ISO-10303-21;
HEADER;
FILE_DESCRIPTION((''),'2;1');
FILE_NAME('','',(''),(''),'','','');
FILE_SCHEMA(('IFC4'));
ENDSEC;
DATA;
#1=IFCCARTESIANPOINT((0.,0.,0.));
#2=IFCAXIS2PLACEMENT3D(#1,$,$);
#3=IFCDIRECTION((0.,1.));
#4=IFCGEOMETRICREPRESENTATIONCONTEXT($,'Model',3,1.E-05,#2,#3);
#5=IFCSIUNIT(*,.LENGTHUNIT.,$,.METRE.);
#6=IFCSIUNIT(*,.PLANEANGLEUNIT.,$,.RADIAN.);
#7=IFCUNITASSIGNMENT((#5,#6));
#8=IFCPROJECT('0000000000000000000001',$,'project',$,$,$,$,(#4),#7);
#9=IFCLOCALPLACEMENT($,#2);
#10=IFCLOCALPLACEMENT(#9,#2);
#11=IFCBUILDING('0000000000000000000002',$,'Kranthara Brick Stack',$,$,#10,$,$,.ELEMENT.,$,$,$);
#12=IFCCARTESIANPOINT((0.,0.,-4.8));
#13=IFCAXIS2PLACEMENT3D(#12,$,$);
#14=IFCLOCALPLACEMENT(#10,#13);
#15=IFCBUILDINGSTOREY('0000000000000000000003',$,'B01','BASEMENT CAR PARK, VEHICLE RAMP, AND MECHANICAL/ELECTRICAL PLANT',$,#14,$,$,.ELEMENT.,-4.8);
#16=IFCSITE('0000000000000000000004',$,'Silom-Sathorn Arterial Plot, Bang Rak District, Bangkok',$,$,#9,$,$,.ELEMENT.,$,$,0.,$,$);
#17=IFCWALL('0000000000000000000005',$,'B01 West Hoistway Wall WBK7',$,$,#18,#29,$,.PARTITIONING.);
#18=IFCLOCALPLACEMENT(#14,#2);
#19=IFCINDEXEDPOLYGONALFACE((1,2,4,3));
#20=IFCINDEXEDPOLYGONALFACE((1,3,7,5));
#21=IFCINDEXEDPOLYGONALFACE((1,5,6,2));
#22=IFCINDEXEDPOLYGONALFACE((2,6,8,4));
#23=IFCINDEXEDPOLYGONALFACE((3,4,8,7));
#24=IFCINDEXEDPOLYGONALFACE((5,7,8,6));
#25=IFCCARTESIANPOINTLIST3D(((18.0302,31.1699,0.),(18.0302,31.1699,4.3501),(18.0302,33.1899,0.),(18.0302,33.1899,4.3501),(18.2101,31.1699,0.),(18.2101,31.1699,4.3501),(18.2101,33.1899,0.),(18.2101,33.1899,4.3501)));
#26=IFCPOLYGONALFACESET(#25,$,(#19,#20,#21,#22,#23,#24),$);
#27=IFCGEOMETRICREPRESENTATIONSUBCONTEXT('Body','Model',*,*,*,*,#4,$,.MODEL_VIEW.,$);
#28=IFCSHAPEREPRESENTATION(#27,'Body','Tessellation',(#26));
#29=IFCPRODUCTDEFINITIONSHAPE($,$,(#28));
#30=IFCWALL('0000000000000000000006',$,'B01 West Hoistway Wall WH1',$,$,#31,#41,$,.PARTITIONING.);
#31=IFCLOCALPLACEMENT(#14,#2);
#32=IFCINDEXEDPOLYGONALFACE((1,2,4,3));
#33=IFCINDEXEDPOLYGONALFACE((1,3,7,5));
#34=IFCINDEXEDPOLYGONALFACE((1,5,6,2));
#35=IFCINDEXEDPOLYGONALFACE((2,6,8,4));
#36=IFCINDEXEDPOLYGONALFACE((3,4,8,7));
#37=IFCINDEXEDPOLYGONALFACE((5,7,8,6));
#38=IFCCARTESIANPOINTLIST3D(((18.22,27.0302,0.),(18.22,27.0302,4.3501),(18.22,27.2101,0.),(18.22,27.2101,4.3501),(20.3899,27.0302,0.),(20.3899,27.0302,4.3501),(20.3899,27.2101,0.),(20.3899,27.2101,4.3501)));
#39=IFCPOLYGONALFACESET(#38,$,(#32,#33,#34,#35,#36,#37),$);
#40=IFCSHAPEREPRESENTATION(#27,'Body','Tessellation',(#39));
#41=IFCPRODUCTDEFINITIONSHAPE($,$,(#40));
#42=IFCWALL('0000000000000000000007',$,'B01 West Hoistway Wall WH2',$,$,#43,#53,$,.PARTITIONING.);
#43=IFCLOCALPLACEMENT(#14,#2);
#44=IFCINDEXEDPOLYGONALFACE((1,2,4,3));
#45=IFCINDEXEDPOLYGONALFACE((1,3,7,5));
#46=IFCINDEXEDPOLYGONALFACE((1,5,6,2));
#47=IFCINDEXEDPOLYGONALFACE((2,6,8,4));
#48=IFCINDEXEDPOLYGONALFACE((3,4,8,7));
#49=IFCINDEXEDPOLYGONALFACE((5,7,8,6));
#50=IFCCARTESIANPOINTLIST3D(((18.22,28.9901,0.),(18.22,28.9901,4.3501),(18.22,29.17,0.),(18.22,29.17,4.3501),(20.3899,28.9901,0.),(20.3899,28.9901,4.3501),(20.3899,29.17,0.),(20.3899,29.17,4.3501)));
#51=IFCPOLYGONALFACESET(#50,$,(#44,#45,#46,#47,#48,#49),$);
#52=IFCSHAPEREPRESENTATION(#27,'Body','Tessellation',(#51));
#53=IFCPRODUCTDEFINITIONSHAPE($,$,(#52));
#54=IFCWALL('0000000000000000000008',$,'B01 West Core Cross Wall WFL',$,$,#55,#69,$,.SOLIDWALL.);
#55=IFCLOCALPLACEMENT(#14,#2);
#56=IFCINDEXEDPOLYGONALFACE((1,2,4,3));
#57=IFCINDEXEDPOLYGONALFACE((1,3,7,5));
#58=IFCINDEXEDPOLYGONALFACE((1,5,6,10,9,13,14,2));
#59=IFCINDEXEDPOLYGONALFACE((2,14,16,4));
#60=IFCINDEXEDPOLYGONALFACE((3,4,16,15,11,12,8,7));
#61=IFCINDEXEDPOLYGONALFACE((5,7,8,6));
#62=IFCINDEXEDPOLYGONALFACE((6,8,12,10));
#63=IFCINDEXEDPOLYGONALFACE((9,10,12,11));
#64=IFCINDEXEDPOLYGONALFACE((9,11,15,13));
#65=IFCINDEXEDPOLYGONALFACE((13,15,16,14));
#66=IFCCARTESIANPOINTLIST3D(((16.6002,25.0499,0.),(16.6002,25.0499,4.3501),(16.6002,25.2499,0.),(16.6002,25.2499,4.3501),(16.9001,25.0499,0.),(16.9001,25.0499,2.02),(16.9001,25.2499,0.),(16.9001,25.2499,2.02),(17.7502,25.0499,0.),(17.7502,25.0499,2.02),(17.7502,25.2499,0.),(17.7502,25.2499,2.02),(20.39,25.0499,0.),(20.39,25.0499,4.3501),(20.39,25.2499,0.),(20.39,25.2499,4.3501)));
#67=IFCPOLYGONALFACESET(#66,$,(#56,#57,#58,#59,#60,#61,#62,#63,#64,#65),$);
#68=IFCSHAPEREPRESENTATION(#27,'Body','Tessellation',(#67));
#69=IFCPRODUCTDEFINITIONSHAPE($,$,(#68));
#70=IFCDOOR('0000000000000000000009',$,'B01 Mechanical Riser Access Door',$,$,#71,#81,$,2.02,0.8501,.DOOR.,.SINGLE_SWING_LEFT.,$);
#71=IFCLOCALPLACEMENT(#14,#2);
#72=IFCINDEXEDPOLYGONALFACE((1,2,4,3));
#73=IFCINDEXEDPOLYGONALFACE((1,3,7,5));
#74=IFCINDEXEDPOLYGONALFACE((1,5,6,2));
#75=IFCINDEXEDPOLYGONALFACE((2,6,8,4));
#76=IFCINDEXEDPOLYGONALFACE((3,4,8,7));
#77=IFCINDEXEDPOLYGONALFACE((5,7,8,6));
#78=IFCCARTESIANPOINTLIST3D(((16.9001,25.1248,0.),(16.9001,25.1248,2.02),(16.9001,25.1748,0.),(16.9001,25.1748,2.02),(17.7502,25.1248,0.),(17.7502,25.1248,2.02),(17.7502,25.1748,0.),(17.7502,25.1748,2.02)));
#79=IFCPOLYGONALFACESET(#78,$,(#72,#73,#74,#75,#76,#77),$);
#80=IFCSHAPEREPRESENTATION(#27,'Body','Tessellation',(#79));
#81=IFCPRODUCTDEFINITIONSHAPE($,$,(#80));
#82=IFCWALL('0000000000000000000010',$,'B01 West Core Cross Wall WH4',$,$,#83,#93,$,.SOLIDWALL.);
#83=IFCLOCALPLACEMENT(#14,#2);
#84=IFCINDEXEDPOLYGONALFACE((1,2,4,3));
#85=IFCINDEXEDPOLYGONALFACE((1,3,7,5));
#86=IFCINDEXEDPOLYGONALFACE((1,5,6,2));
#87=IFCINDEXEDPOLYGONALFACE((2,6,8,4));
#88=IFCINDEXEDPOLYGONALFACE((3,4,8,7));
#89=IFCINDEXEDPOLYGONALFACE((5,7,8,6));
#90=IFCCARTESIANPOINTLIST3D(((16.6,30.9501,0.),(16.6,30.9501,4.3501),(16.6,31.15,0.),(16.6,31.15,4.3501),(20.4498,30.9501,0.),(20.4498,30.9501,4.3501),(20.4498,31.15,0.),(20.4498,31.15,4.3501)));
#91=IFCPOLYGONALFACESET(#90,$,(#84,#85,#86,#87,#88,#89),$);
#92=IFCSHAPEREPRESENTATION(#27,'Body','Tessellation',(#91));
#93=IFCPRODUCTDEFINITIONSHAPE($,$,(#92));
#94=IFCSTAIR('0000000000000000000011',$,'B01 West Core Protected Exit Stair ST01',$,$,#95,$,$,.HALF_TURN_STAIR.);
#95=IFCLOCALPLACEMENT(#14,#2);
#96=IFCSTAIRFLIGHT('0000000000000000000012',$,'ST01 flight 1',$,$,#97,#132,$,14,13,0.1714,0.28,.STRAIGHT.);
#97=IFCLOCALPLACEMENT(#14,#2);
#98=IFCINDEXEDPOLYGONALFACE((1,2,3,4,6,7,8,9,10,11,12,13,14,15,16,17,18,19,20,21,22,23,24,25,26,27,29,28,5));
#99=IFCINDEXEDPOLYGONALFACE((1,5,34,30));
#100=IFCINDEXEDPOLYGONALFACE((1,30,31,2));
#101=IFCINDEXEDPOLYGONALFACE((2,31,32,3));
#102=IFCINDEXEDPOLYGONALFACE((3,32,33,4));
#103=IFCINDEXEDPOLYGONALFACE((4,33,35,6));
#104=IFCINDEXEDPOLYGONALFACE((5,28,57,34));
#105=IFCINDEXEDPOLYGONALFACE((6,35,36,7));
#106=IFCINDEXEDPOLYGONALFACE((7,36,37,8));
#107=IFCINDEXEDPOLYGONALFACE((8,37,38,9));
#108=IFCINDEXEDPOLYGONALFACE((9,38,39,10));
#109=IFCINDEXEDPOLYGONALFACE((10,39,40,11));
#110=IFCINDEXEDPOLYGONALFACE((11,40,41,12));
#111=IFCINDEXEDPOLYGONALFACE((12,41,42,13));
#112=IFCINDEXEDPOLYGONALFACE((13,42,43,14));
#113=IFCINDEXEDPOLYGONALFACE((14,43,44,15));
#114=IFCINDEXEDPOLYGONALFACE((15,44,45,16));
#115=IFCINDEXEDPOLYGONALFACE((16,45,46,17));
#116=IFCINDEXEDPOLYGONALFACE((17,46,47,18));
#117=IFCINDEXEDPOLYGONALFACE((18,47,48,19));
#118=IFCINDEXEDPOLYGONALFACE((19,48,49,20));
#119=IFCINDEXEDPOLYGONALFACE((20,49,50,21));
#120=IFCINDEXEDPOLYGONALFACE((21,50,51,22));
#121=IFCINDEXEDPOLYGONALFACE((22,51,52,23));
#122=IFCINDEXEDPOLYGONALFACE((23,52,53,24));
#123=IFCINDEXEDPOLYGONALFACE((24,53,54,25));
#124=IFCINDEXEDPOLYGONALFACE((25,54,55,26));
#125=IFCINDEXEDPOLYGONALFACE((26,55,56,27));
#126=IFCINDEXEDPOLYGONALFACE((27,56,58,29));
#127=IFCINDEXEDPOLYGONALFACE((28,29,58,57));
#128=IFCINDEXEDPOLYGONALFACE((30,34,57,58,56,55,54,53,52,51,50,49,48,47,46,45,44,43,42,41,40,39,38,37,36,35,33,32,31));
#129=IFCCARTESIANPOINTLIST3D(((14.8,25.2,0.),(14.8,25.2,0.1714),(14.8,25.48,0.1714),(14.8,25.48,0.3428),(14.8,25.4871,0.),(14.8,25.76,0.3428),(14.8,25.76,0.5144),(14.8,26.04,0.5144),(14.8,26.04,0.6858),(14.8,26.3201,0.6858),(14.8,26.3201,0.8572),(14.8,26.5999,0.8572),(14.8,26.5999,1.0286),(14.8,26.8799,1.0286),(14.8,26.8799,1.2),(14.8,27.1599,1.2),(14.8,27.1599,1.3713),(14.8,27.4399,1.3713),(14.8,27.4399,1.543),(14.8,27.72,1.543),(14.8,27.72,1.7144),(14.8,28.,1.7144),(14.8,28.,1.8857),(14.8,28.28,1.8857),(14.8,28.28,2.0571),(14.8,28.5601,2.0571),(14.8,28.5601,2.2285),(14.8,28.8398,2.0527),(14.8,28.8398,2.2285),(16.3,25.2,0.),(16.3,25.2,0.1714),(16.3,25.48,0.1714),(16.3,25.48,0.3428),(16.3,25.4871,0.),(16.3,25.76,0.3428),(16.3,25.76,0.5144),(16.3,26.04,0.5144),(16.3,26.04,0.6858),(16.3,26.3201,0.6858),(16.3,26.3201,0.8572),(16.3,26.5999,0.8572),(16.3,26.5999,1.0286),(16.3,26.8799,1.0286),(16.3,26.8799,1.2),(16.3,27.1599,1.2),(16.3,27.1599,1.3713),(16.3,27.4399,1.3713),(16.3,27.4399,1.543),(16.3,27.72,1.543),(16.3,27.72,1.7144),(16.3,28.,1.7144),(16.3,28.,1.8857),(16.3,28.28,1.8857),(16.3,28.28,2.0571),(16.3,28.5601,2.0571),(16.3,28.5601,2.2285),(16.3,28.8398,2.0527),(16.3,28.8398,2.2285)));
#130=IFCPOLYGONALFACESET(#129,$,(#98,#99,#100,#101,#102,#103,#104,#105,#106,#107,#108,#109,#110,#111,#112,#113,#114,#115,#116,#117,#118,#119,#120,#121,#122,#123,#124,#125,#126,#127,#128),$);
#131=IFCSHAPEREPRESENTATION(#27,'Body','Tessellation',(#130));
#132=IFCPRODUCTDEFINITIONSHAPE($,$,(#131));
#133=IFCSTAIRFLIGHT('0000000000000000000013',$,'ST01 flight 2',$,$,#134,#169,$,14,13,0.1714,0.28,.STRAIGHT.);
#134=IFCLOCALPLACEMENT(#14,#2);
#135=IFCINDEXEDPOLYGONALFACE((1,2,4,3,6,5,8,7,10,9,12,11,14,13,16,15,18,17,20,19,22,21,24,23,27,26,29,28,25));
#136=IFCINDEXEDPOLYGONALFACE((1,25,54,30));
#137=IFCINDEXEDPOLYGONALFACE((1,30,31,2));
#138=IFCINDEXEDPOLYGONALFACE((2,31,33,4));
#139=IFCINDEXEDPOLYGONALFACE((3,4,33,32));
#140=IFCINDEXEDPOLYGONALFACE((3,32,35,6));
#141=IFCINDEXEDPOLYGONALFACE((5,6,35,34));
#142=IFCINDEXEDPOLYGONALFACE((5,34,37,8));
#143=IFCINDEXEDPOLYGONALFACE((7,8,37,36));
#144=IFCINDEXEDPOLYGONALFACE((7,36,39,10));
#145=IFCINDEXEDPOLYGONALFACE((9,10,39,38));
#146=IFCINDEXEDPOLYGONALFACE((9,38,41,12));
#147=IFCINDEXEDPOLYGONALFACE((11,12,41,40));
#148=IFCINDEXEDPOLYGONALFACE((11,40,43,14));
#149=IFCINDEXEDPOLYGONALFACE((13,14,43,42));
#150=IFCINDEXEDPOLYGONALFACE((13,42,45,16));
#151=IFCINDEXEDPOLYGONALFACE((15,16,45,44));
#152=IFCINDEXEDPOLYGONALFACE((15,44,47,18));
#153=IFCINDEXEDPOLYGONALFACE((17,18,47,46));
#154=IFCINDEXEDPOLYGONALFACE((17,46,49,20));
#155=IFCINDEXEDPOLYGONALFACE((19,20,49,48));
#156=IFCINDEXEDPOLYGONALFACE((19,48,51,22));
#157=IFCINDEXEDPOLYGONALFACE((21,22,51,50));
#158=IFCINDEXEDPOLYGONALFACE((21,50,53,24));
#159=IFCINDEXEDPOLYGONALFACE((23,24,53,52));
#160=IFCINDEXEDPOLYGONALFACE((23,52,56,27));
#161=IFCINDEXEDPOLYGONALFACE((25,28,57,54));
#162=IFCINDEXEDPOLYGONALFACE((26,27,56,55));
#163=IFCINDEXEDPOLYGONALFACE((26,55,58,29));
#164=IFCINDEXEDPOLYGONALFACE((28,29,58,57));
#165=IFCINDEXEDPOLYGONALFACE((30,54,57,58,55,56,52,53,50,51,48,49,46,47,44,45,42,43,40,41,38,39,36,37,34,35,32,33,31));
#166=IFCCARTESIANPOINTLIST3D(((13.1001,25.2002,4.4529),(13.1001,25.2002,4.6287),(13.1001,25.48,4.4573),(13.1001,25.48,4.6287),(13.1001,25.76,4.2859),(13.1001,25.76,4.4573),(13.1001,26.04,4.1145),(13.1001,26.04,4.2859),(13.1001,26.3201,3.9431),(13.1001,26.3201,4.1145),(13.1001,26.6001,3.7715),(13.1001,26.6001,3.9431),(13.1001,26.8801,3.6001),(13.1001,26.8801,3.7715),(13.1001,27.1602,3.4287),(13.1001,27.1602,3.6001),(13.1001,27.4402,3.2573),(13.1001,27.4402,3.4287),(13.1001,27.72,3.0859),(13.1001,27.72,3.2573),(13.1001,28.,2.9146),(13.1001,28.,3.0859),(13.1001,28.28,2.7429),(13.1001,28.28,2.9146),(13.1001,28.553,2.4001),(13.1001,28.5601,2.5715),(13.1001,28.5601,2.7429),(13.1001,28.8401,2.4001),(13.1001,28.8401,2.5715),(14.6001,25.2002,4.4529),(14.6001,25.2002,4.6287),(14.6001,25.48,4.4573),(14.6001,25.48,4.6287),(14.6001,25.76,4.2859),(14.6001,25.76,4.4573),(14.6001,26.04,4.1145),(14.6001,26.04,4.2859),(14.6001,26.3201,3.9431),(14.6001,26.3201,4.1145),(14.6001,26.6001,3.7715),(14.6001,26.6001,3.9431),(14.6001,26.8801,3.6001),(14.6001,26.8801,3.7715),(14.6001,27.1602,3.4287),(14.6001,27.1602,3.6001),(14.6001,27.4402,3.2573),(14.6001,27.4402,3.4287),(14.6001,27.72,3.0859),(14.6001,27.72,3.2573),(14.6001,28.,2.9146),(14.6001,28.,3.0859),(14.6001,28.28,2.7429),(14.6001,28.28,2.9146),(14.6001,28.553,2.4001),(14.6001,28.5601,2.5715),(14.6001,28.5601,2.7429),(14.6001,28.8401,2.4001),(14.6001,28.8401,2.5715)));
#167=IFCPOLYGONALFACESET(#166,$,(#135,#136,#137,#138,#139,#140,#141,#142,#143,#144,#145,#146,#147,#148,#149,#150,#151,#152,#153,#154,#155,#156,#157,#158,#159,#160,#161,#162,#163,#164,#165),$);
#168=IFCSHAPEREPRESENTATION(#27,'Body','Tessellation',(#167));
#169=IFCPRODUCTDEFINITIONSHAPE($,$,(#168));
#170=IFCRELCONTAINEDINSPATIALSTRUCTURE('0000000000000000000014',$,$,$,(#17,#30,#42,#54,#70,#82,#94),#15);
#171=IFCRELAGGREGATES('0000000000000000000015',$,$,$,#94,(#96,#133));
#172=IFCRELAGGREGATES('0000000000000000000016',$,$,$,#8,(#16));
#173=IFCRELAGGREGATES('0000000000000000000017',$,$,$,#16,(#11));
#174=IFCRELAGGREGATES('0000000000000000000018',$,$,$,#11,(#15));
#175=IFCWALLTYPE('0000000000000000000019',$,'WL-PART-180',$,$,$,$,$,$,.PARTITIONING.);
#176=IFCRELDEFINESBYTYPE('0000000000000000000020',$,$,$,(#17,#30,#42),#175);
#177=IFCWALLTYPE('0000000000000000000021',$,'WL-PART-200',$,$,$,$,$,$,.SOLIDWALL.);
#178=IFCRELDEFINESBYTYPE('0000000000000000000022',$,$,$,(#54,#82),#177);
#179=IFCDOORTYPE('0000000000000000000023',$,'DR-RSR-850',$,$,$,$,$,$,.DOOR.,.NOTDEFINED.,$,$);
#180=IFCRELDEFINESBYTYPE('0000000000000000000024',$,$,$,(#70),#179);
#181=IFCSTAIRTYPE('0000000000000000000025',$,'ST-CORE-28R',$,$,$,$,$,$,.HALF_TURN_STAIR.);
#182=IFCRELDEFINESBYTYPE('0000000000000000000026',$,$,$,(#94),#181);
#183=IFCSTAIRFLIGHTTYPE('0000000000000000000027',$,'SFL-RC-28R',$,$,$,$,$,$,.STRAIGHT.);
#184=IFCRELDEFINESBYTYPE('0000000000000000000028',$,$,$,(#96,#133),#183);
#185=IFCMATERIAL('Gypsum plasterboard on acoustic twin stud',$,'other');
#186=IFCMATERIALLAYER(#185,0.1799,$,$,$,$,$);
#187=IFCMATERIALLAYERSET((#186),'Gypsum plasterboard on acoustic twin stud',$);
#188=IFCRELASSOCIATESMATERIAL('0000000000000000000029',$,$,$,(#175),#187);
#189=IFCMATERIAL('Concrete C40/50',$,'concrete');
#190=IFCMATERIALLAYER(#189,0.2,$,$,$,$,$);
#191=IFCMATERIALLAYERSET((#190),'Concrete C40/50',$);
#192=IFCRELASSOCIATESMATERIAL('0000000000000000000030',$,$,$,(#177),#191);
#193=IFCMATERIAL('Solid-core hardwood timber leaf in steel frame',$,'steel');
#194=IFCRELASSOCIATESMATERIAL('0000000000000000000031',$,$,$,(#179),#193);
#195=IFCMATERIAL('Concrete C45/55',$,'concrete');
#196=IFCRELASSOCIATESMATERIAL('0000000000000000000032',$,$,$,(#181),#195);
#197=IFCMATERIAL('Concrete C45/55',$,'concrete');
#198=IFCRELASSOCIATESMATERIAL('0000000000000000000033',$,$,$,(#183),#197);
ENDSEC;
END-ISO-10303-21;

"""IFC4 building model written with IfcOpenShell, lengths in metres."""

from ifc_helpers import new_model, si_unit, direction, frame, frame_2d, origin, place, context, subcontext, project, spatial, polyline, rectangle, outline, extrude, material, layer, layer_set, type_object, element, fill, aggregate, save


model = new_model("IFC4")

# Units and contexts
model_context = context("Model", 3, precision=1e-05, world=origin(), true_north=direction((0.0, 1.0)))
body_context = subcontext(model_context, "Body", "Model", "MODEL_VIEW")
ifc_project = project(units=[si_unit("LENGTHUNIT", "METRE"), si_unit("PLANEANGLEUNIT", "RADIAN")], contexts=[model_context])

# Site, building, storey
site_placement = place(None, origin())
site = spatial("IfcSite", under=ifc_project, at=site_placement, Name="Silom-Sathorn Arterial Plot, Bang Rak District, Bangkok", CompositionType="ELEMENT", RefElevation=0.0)
building_placement = place(site_placement, origin())
building = spatial("IfcBuilding", under=site, at=building_placement, Name="Kranthara Brick Stack", CompositionType="ELEMENT")
storey_placement = place(building_placement, frame((0.0, 0.0, -4.8)))
storey = spatial("IfcBuildingStorey", under=building, at=storey_placement, Name="B01", Description="BASEMENT CAR PARK, VEHICLE RAMP, AND MECHANICAL/ELECTRICAL PLANT", CompositionType="ELEMENT", Elevation=-4.8)

# Walls
ifc_material_1 = material(Name="Gypsum plasterboard on acoustic twin stud", Category="other")
ifc_layer_1 = layer(ifc_material_1, 0.1799)
ifc_layer_set_1 = layer_set([ifc_layer_1], Name="Gypsum plasterboard on acoustic twin stud")
wall_type_1 = type_object("IfcWallType", Name="WL-PART-180", PredefinedType="PARTITIONING", material=ifc_layer_set_1)
wall_1_placement = place(storey_placement, frame((18.1201, 31.1699, 0.0), z_axis=(0.0, 0.0, 1.0), x_axis=(0.0, 1.0, 0.0)))
element("IfcWall", 1, at=wall_1_placement, inside=storey, type_object=wall_type_1, Name="B01 West Hoistway Wall WBK7", PredefinedType="PARTITIONING", context=body_context, shape_type="SweptSolid", body=[
    extrude(rectangle(XDim=2.02, YDim=0.1799, at=frame_2d((1.01, 0.0))), origin(), (0.0, 0.0, 1.0), 4.3501),
])
for number, where, z_axis, x_axis, name in (
    (2, (18.22, 27.1201, 0.0), (0.0, 0.0, 1.0), (1.0, 0.0, 0.0), "B01 West Hoistway Wall WH1"),
    (3, (18.22, 29.0801, 0.0), (0.0, 0.0, 1.0), (1.0, 0.0, 0.0), "B01 West Hoistway Wall WH2"),
):
    element("IfcWall", number, at=place(storey_placement, frame(where, z_axis=z_axis, x_axis=x_axis)), inside=storey, type_object=wall_type_1, Name=name, PredefinedType="PARTITIONING", context=body_context, shape_type="SweptSolid", body=[
        extrude(rectangle(XDim=2.1699, YDim=0.1799, at=frame_2d((1.085, 0.0))), origin(), (0.0, 0.0, 1.0), 4.3501),
    ])

# Wall, opening, door
ifc_material_2 = material(Name="Concrete C40/50", Category="concrete")
ifc_layer_2 = layer(ifc_material_2, 0.2)
ifc_layer_set_2 = layer_set([ifc_layer_2], Name="Concrete C40/50")
wall_type_2 = type_object("IfcWallType", Name="WL-PART-200", PredefinedType="SOLIDWALL", material=ifc_layer_set_2)
wall_2_placement = place(storey_placement, frame((16.6001, 25.1499, 0.0), z_axis=(0.0, 0.0, 1.0), x_axis=(1.0, 0.0, 0.0)))
wall_2 = element("IfcWall", 4, at=wall_2_placement, inside=storey, type_object=wall_type_2, Name="B01 West Core Cross Wall WFL", PredefinedType="SOLIDWALL", context=body_context, shape_type="SweptSolid", body=[
    extrude(rectangle(XDim=3.7898, YDim=0.2, at=frame_2d((1.895, 0.0))), origin(), (0.0, 0.0, 1.0), 4.3501),
])
opening_placement = place(wall_2_placement, frame((0.3, 0.0, 0.0)))
opening = element("IfcOpeningElement", 5, at=opening_placement, cuts=wall_2, PredefinedType="OPENING", context=body_context, shape_type="SweptSolid", body=[
    extrude(rectangle(XDim=0.8501, YDim=2.02, at=frame_2d((0.425, 1.01))), frame((0.0, 0.1099, 0.0), z_axis=(0.0, -1.0, 0.0), x_axis=(1.0, 0.0, 0.0)), (0.0, 0.0, 1.0), 0.22),
])
ifc_material_3 = material(Name="Solid-core hardwood timber leaf in steel frame", Category="steel")
door_type = type_object("IfcDoorType", Name="DR-RSR-850", OperationType="NOTDEFINED", PredefinedType="DOOR", material=ifc_material_3)
door_placement = place(opening_placement, origin())
door = element("IfcDoor", 6, at=door_placement, inside=storey, type_object=door_type, Name="B01 Mechanical Riser Access Door", OperationType="SINGLE_SWING_LEFT", OverallHeight=2.02, OverallWidth=0.8501, PredefinedType="DOOR", context=body_context, shape_type="SweptSolid", body=[
    extrude(rectangle(XDim=0.8501, YDim=2.02, at=frame_2d((0.425, 1.01))), frame((0.0, 0.0249, 0.0), z_axis=(0.0, -1.0, 0.0), x_axis=(1.0, 0.0, 0.0)), (0.0, 0.0, 1.0), 0.05),
])
fill(opening, door)

# Wall
wall_3_placement = place(storey_placement, frame((16.6001, 31.05, 0.0), z_axis=(0.0, 0.0, 1.0), x_axis=(1.0, 0.0, 0.0)))
element("IfcWall", 7, at=wall_3_placement, inside=storey, type_object=wall_type_2, Name="B01 West Core Cross Wall WH4", PredefinedType="SOLIDWALL", context=body_context, shape_type="SweptSolid", body=[
    extrude(rectangle(XDim=3.8499, YDim=0.2, at=frame_2d((1.9248, 0.0))), origin(), (0.0, 0.0, 1.0), 4.3501),
])

# Stair, stair flights
ifc_material_4 = material(Name="Concrete C45/55", Category="concrete")
stair_type = type_object("IfcStairType", Name="ST-CORE-28R", PredefinedType="HALF_TURN_STAIR", material=ifc_material_4)
stair_placement = place(storey_placement, origin())
stair = element("IfcStair", 8, at=stair_placement, inside=storey, type_object=stair_type, Name="B01 West Core Protected Exit Stair ST01", PredefinedType="HALF_TURN_STAIR")
ifc_material_5 = material(Name="Concrete C45/55", Category="concrete")
stair_flight_type = type_object("IfcStairFlightType", Name="SFL-RC-28R", PredefinedType="STRAIGHT", material=ifc_material_5)
stair_flight_1_placement = place(storey_placement, frame((15.55, 25.2, 0.0), z_axis=(0.0, 0.0, 1.0), x_axis=(0.0, 1.0, 0.0)))
stair_flight_1 = element("IfcStairFlight", 9, at=stair_flight_1_placement, type_object=stair_flight_type, Name="ST01 flight 1", NumberOfRisers=14, NumberOfTreads=13, PredefinedType="STRAIGHT", RiserHeight=0.1714, TreadLength=0.28, context=body_context, shape_type="SweptSolid", body=[
    extrude(outline(polyline([(0.0, 0.0), (0.0, 0.1714), (0.28, 0.1714), (0.28, 0.3428), (0.5601, 0.3428), (0.5601, 0.5144), (0.8401, 0.5144), (0.8401, 0.6858), (1.1201, 0.6858), (1.1201, 0.8572), (1.3999, 0.8572), (1.3999, 1.0286), (1.6799, 1.0286), (1.6799, 1.2), (1.96, 1.2), (1.96, 1.3713), (2.24, 1.3713), (2.24, 1.543), (2.52, 1.543), (2.52, 1.7144), (2.8, 1.7144), (2.8, 1.8857), (3.0801, 1.8857), (3.0801, 2.0571), (3.3601, 2.0571), (3.3601, 2.2285), (3.6399, 2.2285), (3.6399, 2.3999), (3.6399, 2.0527), (0.2871, 0.0), (0.0, 0.0)])), frame((0.0, 0.75, 0.0), z_axis=(0.0, -1.0, 0.0), x_axis=(1.0, 0.0, 0.0)), (0.0, 0.0, 1.0), 1.5),
])
stair_flight_2_placement = place(storey_placement, frame((13.8501, 28.8401, 2.4001), z_axis=(0.0, 0.0, 1.0), x_axis=(0.0, -1.0, 0.0)))
stair_flight_2 = element("IfcStairFlight", 10, at=stair_flight_2_placement, type_object=stair_flight_type, Name="ST01 flight 2", NumberOfRisers=14, NumberOfTreads=13, PredefinedType="STRAIGHT", RiserHeight=0.1714, TreadLength=0.28, context=body_context, shape_type="SweptSolid", body=[
    extrude(outline(polyline([(0.0, 0.0), (0.0, 0.1714), (0.28, 0.1714), (0.28, 0.3428), (0.5601, 0.3428), (0.5601, 0.5144), (0.8401, 0.5144), (0.8401, 0.6858), (1.1201, 0.6858), (1.1201, 0.8572), (1.3999, 0.8572), (1.3999, 1.0286), (1.6799, 1.0286), (1.6799, 1.2), (1.96, 1.2), (1.96, 1.3713), (2.24, 1.3713), (2.24, 1.543), (2.52, 1.543), (2.52, 1.7144), (2.8, 1.7144), (2.8, 1.8857), (3.0801, 1.8857), (3.0801, 2.0571), (3.3601, 2.0571), (3.3601, 2.2285), (3.6399, 2.2285), (3.6399, 2.3999), (3.6399, 2.0527), (0.2871, 0.0), (0.0, 0.0)])), frame((0.0, 0.75, 0.0), z_axis=(0.0, -1.0, 0.0), x_axis=(1.0, 0.0, 0.0)), (0.0, 0.0, 1.0), 1.5),
])
aggregate(stair, [stair_flight_1, stair_flight_2])

save(model, "model.ifc")
